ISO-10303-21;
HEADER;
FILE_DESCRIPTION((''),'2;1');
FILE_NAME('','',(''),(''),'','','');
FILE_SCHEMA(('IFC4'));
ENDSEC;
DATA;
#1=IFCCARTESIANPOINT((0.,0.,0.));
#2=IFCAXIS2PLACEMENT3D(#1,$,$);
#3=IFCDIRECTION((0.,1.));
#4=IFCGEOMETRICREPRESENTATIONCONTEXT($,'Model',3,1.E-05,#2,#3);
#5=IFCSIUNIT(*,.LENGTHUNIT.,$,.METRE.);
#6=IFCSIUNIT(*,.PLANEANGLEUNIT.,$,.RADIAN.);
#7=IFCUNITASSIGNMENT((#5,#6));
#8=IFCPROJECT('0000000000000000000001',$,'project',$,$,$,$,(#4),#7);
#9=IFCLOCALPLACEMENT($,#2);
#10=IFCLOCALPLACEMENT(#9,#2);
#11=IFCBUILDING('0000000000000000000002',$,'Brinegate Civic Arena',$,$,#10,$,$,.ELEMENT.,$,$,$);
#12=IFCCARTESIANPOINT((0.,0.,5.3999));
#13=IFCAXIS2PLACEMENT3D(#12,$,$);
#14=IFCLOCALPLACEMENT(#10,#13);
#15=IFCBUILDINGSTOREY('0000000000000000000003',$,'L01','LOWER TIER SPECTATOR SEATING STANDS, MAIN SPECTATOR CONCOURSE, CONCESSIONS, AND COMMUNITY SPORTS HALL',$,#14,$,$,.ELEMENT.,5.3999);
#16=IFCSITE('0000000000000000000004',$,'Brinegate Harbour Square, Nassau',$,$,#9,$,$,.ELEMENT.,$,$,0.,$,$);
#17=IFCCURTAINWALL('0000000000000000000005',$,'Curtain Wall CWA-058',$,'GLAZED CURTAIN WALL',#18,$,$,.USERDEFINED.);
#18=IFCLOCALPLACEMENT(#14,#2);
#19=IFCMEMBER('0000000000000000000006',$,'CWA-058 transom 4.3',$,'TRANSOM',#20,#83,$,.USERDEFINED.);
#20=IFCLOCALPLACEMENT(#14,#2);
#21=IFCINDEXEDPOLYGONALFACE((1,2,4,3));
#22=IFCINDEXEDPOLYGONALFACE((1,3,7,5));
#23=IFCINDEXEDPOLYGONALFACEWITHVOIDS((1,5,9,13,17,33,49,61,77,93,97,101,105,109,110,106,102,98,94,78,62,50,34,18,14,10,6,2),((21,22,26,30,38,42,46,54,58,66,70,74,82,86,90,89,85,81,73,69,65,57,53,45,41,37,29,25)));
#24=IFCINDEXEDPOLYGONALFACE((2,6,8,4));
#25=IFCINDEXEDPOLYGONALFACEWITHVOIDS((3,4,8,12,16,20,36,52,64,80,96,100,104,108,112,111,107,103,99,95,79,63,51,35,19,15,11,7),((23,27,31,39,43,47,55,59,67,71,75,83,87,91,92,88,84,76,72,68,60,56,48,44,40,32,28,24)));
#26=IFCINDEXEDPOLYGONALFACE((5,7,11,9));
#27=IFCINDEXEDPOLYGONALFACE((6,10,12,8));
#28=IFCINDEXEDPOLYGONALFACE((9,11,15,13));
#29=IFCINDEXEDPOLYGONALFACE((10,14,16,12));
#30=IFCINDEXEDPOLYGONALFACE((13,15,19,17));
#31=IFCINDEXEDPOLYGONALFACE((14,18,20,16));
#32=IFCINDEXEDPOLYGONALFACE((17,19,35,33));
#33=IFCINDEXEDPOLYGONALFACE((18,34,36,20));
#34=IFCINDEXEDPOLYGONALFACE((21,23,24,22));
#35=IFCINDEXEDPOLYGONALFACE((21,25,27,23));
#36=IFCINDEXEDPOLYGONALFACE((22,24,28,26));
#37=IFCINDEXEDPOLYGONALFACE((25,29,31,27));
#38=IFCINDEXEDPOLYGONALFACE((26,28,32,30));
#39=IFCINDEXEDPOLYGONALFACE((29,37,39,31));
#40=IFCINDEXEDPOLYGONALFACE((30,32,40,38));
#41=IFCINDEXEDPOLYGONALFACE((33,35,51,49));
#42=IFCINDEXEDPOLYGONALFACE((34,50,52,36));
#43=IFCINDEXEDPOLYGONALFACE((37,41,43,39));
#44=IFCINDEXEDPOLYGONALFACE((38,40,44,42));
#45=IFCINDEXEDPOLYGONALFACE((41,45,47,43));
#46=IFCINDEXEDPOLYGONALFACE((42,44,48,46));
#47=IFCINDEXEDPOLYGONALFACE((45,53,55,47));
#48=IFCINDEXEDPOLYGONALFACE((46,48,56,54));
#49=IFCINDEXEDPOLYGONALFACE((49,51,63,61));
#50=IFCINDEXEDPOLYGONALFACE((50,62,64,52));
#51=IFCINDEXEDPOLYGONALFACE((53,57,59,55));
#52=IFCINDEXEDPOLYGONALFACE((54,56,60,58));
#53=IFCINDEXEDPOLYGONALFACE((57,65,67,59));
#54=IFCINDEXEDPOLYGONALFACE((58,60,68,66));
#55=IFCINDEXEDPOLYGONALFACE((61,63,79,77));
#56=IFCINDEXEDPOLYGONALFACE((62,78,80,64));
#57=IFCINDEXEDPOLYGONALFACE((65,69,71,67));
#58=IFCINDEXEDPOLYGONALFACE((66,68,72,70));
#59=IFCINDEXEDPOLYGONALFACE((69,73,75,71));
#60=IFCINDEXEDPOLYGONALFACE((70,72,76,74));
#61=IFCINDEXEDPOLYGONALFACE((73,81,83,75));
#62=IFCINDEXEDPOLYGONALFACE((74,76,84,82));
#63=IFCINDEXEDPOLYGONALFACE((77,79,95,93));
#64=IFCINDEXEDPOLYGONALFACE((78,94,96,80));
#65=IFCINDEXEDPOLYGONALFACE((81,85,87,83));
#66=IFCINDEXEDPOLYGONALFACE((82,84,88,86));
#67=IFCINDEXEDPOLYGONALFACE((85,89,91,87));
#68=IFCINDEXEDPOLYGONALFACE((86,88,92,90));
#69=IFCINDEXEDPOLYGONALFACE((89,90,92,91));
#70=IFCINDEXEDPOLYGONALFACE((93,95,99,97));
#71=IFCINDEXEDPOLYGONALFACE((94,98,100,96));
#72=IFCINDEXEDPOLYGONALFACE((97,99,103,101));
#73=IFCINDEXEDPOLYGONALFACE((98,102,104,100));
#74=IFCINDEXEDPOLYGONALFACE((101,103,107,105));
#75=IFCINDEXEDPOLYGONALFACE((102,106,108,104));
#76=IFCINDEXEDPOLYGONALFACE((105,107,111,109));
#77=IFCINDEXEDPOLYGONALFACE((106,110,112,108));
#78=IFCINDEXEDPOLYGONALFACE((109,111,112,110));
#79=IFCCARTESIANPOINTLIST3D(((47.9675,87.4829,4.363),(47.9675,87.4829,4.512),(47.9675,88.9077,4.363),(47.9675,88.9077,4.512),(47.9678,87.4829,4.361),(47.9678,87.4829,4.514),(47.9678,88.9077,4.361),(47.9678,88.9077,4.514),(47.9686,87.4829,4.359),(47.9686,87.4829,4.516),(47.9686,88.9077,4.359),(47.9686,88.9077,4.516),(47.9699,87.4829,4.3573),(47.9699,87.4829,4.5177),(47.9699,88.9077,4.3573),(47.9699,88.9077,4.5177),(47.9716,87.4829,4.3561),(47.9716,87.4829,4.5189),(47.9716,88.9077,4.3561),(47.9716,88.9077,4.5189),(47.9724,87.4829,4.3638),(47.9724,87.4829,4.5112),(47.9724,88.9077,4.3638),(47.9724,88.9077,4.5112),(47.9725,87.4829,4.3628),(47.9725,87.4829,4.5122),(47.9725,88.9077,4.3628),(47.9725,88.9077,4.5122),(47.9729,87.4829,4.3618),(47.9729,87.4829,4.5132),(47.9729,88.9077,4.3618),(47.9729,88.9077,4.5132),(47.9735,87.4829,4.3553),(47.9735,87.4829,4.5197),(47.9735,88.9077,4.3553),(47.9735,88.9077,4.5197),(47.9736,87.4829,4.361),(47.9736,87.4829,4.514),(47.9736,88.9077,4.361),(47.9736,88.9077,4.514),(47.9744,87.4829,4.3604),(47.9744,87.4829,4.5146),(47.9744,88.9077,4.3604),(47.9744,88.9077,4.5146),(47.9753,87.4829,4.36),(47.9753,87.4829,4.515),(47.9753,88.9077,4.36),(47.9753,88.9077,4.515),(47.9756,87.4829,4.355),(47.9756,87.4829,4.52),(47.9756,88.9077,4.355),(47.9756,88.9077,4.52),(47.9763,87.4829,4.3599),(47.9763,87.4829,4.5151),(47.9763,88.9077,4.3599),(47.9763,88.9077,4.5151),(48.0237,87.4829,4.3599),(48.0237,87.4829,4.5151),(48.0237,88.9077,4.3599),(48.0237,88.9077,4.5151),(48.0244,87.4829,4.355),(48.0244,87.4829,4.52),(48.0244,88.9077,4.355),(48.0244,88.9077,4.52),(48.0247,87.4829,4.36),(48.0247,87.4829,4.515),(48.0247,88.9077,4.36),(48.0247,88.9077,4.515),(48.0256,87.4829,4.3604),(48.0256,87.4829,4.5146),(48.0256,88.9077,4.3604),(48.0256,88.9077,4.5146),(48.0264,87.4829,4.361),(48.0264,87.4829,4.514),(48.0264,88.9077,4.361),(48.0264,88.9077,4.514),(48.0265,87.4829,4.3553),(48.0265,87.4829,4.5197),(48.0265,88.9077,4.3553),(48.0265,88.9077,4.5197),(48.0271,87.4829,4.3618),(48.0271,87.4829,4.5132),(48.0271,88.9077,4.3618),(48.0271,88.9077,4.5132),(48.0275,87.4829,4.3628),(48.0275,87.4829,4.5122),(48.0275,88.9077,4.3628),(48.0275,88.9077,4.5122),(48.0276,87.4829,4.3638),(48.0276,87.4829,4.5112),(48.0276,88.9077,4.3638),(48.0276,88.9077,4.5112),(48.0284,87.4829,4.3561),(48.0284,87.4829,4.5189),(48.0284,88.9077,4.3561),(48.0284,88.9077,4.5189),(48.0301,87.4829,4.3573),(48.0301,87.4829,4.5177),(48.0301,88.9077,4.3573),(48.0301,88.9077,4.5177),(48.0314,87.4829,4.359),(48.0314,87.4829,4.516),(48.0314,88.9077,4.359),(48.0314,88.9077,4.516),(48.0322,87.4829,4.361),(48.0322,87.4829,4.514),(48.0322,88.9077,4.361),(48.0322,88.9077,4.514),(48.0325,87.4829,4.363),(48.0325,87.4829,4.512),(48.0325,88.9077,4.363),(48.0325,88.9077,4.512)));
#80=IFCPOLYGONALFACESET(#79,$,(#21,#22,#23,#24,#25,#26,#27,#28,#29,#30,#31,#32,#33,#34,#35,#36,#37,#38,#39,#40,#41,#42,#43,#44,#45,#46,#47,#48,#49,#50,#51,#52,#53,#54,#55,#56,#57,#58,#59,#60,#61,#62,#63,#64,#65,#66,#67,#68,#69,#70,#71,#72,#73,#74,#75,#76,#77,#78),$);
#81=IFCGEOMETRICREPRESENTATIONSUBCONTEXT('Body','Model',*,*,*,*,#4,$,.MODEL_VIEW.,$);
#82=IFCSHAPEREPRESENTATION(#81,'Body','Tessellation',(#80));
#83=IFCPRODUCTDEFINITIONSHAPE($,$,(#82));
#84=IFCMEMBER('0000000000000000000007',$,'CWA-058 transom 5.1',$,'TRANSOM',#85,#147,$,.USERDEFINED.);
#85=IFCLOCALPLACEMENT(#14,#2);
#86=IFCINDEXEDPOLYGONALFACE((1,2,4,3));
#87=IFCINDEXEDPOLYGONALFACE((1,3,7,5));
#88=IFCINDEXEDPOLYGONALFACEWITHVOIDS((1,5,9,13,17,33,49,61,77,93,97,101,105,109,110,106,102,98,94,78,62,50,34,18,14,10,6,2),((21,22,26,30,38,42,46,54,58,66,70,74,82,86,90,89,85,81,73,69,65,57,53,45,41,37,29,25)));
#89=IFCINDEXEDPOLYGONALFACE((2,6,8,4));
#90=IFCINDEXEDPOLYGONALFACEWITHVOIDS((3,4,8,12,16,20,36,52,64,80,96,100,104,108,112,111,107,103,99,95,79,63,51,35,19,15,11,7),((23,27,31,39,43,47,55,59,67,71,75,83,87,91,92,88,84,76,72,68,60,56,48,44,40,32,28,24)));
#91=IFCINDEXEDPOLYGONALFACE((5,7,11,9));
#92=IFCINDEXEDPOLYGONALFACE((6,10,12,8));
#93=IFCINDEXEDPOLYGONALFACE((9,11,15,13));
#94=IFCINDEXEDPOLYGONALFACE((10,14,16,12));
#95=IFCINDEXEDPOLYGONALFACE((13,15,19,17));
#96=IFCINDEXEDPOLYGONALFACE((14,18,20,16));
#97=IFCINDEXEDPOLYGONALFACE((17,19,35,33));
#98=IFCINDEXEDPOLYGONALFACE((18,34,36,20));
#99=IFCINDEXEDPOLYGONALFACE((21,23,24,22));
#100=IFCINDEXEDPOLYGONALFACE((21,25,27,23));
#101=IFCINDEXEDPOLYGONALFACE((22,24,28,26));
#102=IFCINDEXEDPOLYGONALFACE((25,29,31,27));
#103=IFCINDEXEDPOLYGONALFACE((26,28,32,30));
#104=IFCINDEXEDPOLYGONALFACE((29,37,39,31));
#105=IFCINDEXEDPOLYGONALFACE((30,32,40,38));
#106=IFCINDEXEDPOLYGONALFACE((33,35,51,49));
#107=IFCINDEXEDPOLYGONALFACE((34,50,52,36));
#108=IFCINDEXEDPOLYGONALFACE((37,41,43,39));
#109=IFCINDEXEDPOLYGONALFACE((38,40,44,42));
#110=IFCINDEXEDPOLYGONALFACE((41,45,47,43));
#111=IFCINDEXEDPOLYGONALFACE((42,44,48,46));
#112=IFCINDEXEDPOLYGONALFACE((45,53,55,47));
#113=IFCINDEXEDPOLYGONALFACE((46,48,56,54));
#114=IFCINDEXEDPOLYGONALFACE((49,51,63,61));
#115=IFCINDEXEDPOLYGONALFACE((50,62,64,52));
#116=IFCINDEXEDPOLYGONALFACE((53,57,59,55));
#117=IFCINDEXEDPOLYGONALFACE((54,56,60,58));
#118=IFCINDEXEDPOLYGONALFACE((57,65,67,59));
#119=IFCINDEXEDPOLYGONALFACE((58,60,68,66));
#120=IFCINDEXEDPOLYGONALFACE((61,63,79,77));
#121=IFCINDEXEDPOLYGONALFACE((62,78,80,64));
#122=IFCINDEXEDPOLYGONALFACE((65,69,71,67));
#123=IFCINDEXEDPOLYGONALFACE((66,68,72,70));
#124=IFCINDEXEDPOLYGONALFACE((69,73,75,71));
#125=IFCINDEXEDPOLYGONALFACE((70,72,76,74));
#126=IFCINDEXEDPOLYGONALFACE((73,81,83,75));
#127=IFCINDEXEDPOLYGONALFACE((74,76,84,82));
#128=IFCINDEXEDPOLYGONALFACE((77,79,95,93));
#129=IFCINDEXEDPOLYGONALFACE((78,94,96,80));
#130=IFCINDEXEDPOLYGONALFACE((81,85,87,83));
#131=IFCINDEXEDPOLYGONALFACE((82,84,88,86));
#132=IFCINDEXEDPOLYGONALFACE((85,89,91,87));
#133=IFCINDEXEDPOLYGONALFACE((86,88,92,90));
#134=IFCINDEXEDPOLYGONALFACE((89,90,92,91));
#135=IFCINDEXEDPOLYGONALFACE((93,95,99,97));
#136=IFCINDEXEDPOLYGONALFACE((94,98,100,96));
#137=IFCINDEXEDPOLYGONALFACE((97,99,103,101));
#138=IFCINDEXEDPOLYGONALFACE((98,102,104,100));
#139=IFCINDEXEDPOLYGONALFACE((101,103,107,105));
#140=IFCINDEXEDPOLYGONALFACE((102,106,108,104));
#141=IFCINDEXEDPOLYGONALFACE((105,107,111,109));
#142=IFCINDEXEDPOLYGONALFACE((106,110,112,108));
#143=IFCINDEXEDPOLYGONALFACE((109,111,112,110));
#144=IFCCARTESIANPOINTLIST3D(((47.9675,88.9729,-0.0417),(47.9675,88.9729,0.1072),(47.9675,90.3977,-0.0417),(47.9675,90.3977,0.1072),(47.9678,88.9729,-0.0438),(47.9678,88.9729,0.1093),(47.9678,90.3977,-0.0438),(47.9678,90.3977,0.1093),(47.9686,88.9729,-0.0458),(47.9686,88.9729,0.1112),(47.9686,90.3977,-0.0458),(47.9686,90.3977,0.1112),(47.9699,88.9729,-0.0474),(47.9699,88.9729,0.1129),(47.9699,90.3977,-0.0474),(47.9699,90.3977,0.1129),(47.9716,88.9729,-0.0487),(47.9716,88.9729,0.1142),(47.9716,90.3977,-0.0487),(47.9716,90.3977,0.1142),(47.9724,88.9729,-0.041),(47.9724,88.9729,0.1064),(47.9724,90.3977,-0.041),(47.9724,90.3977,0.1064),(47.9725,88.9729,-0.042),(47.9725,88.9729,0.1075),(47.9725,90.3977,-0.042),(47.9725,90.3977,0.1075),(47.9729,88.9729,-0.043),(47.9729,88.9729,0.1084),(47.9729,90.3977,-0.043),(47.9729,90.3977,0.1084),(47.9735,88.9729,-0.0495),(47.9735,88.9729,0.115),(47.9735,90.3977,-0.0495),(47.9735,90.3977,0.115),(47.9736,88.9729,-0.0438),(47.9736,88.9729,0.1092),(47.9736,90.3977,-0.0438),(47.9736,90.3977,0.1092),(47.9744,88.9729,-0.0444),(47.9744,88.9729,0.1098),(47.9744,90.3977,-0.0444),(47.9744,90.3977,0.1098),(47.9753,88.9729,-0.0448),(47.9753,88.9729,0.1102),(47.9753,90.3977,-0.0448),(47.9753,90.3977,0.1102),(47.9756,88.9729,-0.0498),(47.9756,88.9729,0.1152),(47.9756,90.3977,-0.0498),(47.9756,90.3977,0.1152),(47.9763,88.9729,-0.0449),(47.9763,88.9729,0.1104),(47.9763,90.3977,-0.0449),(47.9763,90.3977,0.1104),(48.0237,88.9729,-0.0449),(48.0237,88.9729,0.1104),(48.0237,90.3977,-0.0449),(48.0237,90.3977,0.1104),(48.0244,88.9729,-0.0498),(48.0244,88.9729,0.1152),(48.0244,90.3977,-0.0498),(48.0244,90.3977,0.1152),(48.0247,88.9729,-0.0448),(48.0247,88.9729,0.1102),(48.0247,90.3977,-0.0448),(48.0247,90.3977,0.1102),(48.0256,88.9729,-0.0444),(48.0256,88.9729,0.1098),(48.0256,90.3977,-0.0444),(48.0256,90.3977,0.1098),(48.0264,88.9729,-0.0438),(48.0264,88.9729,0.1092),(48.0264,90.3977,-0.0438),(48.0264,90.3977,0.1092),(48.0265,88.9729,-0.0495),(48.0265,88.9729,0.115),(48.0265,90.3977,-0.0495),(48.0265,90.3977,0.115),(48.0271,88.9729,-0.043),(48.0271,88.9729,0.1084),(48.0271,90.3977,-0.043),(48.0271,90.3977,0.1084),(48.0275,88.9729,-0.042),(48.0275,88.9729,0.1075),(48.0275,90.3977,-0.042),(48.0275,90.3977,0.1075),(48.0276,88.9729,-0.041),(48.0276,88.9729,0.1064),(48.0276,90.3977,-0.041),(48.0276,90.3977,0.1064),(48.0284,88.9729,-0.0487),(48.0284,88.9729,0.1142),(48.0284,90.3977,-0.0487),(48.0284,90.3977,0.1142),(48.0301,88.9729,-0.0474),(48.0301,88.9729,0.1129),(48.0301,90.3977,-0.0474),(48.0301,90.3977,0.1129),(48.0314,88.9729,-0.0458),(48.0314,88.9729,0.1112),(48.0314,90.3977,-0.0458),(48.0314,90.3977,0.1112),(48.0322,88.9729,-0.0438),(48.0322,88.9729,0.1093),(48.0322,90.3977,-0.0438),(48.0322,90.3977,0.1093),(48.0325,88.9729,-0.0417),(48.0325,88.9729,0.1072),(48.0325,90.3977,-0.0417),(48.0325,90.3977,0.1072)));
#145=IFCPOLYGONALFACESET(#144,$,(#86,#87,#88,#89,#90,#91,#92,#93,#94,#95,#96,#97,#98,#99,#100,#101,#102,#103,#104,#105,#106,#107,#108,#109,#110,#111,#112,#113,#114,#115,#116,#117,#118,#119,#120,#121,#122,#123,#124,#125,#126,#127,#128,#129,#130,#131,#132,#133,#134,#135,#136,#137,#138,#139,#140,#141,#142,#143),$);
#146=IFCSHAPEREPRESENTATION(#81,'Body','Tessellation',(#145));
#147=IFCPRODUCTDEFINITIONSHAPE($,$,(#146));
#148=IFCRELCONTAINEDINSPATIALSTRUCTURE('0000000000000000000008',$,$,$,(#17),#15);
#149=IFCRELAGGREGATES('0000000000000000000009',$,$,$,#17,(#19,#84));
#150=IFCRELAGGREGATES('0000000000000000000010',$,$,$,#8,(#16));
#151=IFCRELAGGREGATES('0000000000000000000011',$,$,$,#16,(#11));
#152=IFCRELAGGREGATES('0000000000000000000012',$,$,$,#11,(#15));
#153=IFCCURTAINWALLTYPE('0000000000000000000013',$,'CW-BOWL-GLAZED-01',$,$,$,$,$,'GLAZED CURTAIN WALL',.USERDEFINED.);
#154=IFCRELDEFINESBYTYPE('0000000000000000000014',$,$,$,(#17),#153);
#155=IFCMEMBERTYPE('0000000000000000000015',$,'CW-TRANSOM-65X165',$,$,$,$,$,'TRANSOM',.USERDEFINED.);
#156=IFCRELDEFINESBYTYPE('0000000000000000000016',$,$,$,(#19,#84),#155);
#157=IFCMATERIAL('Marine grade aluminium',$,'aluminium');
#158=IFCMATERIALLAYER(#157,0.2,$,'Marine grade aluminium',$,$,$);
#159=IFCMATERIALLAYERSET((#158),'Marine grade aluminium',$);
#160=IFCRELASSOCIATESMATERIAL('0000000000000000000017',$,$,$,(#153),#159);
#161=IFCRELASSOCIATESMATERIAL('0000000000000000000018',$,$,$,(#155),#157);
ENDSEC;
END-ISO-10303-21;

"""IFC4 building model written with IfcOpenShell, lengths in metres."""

from ifc_helpers import new_model, si_unit, direction, frame, origin, origin_2d, place, context, subcontext, project, spatial, hollow_rectangle, extrude, material, layer, layer_set, material_profile, profile_set, type_object, element, aggregate, save


model = new_model("IFC4")

# Units and contexts
model_context = context("Model", 3, precision=1e-05, world=origin(), true_north=direction((0.0, 1.0)))
body_context = subcontext(model_context, "Body", "Model", "MODEL_VIEW")
ifc_project = project(units=[si_unit("LENGTHUNIT", "METRE"), si_unit("PLANEANGLEUNIT", "RADIAN")], contexts=[model_context])

# Site, building, storey
site_placement = place(None, origin())
site = spatial("IfcSite", under=ifc_project, at=site_placement, Name="Brinegate Harbour Square, Nassau", CompositionType="ELEMENT", RefElevation=0.0)
building_placement = place(site_placement, origin())
building = spatial("IfcBuilding", under=site, at=building_placement, Name="Brinegate Civic Arena", CompositionType="ELEMENT")
storey_placement = place(building_placement, frame((0.0, 0.0, 5.3999)))
storey = spatial("IfcBuildingStorey", under=building, at=storey_placement, Name="L01", Description="LOWER TIER SPECTATOR SEATING STANDS, MAIN SPECTATOR CONCOURSE, CONCESSIONS, AND COMMUNITY SPORTS HALL", CompositionType="ELEMENT", Elevation=5.3999)

# Curtain wall, members
ifc_material_1 = material(Name="Marine grade aluminium", Category="aluminium")
ifc_layer_1 = layer(ifc_material_1, 0.2, Name="Marine grade aluminium")
ifc_layer_set_1 = layer_set([ifc_layer_1], Name="Marine grade aluminium")
curtain_wall_type = type_object("IfcCurtainWallType", Name="CW-BOWL-GLAZED-01", ElementType="GLAZED CURTAIN WALL", PredefinedType="USERDEFINED", material=ifc_layer_set_1)
curtain_wall_placement = place(storey_placement, origin())
curtain_wall = element("IfcCurtainWall", 1, at=curtain_wall_placement, inside=storey, type_object=curtain_wall_type, Name="Curtain Wall CWA-058", ObjectType="GLAZED CURTAIN WALL", PredefinedType="USERDEFINED")
ifc_material_profile_1 = material_profile(ifc_material_1, hollow_rectangle(XDim=0.0649, YDim=0.165, WallThickness=0.0049, InnerFilletRadius=0.0039, OuterFilletRadius=0.0081, at=origin_2d()), Name="TRN65X165")
ifc_profile_set_1 = profile_set([ifc_material_profile_1], Name="Marine grade aluminium")
member_type_1 = type_object("IfcMemberType", Name="CW-TRANSOM-65X165", ElementType="TRANSOM", PredefinedType="USERDEFINED", material=ifc_profile_set_1)
member_1_placement = place(storey_placement, frame((48.0, 87.4829, 4.4375), z_axis=(0.0, 1.0, 0.0), x_axis=(-1.0, 0.0, 0.0)))
member_1 = element("IfcMember", 2, at=member_1_placement, type_object=member_type_1, Name="CWA-058 transom 4.3", ObjectType="TRANSOM", PredefinedType="USERDEFINED", context=body_context, shape_type="SweptSolid", body=[
    extrude(hollow_rectangle(XDim=0.0649, YDim=0.165, WallThickness=0.0049, InnerFilletRadius=0.0039, OuterFilletRadius=0.0081, at=origin_2d()), origin(), (0.0, 0.0, 1.0), 1.4248),
])
member_2_placement = place(storey_placement, frame((48.0, 88.9729, 0.0327), z_axis=(0.0, 1.0, 0.0), x_axis=(-1.0, 0.0, 0.0)))
member_2 = element("IfcMember", 3, at=member_2_placement, type_object=member_type_1, Name="CWA-058 transom 5.1", ObjectType="TRANSOM", PredefinedType="USERDEFINED", context=body_context, shape_type="SweptSolid", body=[
    extrude(hollow_rectangle(XDim=0.0649, YDim=0.165, WallThickness=0.0049, InnerFilletRadius=0.0039, OuterFilletRadius=0.0081, at=origin_2d()), origin(), (0.0, 0.0, 1.0), 1.4248),
])
aggregate(curtain_wall, [member_1, member_2])

save(model, "model.ifc")
